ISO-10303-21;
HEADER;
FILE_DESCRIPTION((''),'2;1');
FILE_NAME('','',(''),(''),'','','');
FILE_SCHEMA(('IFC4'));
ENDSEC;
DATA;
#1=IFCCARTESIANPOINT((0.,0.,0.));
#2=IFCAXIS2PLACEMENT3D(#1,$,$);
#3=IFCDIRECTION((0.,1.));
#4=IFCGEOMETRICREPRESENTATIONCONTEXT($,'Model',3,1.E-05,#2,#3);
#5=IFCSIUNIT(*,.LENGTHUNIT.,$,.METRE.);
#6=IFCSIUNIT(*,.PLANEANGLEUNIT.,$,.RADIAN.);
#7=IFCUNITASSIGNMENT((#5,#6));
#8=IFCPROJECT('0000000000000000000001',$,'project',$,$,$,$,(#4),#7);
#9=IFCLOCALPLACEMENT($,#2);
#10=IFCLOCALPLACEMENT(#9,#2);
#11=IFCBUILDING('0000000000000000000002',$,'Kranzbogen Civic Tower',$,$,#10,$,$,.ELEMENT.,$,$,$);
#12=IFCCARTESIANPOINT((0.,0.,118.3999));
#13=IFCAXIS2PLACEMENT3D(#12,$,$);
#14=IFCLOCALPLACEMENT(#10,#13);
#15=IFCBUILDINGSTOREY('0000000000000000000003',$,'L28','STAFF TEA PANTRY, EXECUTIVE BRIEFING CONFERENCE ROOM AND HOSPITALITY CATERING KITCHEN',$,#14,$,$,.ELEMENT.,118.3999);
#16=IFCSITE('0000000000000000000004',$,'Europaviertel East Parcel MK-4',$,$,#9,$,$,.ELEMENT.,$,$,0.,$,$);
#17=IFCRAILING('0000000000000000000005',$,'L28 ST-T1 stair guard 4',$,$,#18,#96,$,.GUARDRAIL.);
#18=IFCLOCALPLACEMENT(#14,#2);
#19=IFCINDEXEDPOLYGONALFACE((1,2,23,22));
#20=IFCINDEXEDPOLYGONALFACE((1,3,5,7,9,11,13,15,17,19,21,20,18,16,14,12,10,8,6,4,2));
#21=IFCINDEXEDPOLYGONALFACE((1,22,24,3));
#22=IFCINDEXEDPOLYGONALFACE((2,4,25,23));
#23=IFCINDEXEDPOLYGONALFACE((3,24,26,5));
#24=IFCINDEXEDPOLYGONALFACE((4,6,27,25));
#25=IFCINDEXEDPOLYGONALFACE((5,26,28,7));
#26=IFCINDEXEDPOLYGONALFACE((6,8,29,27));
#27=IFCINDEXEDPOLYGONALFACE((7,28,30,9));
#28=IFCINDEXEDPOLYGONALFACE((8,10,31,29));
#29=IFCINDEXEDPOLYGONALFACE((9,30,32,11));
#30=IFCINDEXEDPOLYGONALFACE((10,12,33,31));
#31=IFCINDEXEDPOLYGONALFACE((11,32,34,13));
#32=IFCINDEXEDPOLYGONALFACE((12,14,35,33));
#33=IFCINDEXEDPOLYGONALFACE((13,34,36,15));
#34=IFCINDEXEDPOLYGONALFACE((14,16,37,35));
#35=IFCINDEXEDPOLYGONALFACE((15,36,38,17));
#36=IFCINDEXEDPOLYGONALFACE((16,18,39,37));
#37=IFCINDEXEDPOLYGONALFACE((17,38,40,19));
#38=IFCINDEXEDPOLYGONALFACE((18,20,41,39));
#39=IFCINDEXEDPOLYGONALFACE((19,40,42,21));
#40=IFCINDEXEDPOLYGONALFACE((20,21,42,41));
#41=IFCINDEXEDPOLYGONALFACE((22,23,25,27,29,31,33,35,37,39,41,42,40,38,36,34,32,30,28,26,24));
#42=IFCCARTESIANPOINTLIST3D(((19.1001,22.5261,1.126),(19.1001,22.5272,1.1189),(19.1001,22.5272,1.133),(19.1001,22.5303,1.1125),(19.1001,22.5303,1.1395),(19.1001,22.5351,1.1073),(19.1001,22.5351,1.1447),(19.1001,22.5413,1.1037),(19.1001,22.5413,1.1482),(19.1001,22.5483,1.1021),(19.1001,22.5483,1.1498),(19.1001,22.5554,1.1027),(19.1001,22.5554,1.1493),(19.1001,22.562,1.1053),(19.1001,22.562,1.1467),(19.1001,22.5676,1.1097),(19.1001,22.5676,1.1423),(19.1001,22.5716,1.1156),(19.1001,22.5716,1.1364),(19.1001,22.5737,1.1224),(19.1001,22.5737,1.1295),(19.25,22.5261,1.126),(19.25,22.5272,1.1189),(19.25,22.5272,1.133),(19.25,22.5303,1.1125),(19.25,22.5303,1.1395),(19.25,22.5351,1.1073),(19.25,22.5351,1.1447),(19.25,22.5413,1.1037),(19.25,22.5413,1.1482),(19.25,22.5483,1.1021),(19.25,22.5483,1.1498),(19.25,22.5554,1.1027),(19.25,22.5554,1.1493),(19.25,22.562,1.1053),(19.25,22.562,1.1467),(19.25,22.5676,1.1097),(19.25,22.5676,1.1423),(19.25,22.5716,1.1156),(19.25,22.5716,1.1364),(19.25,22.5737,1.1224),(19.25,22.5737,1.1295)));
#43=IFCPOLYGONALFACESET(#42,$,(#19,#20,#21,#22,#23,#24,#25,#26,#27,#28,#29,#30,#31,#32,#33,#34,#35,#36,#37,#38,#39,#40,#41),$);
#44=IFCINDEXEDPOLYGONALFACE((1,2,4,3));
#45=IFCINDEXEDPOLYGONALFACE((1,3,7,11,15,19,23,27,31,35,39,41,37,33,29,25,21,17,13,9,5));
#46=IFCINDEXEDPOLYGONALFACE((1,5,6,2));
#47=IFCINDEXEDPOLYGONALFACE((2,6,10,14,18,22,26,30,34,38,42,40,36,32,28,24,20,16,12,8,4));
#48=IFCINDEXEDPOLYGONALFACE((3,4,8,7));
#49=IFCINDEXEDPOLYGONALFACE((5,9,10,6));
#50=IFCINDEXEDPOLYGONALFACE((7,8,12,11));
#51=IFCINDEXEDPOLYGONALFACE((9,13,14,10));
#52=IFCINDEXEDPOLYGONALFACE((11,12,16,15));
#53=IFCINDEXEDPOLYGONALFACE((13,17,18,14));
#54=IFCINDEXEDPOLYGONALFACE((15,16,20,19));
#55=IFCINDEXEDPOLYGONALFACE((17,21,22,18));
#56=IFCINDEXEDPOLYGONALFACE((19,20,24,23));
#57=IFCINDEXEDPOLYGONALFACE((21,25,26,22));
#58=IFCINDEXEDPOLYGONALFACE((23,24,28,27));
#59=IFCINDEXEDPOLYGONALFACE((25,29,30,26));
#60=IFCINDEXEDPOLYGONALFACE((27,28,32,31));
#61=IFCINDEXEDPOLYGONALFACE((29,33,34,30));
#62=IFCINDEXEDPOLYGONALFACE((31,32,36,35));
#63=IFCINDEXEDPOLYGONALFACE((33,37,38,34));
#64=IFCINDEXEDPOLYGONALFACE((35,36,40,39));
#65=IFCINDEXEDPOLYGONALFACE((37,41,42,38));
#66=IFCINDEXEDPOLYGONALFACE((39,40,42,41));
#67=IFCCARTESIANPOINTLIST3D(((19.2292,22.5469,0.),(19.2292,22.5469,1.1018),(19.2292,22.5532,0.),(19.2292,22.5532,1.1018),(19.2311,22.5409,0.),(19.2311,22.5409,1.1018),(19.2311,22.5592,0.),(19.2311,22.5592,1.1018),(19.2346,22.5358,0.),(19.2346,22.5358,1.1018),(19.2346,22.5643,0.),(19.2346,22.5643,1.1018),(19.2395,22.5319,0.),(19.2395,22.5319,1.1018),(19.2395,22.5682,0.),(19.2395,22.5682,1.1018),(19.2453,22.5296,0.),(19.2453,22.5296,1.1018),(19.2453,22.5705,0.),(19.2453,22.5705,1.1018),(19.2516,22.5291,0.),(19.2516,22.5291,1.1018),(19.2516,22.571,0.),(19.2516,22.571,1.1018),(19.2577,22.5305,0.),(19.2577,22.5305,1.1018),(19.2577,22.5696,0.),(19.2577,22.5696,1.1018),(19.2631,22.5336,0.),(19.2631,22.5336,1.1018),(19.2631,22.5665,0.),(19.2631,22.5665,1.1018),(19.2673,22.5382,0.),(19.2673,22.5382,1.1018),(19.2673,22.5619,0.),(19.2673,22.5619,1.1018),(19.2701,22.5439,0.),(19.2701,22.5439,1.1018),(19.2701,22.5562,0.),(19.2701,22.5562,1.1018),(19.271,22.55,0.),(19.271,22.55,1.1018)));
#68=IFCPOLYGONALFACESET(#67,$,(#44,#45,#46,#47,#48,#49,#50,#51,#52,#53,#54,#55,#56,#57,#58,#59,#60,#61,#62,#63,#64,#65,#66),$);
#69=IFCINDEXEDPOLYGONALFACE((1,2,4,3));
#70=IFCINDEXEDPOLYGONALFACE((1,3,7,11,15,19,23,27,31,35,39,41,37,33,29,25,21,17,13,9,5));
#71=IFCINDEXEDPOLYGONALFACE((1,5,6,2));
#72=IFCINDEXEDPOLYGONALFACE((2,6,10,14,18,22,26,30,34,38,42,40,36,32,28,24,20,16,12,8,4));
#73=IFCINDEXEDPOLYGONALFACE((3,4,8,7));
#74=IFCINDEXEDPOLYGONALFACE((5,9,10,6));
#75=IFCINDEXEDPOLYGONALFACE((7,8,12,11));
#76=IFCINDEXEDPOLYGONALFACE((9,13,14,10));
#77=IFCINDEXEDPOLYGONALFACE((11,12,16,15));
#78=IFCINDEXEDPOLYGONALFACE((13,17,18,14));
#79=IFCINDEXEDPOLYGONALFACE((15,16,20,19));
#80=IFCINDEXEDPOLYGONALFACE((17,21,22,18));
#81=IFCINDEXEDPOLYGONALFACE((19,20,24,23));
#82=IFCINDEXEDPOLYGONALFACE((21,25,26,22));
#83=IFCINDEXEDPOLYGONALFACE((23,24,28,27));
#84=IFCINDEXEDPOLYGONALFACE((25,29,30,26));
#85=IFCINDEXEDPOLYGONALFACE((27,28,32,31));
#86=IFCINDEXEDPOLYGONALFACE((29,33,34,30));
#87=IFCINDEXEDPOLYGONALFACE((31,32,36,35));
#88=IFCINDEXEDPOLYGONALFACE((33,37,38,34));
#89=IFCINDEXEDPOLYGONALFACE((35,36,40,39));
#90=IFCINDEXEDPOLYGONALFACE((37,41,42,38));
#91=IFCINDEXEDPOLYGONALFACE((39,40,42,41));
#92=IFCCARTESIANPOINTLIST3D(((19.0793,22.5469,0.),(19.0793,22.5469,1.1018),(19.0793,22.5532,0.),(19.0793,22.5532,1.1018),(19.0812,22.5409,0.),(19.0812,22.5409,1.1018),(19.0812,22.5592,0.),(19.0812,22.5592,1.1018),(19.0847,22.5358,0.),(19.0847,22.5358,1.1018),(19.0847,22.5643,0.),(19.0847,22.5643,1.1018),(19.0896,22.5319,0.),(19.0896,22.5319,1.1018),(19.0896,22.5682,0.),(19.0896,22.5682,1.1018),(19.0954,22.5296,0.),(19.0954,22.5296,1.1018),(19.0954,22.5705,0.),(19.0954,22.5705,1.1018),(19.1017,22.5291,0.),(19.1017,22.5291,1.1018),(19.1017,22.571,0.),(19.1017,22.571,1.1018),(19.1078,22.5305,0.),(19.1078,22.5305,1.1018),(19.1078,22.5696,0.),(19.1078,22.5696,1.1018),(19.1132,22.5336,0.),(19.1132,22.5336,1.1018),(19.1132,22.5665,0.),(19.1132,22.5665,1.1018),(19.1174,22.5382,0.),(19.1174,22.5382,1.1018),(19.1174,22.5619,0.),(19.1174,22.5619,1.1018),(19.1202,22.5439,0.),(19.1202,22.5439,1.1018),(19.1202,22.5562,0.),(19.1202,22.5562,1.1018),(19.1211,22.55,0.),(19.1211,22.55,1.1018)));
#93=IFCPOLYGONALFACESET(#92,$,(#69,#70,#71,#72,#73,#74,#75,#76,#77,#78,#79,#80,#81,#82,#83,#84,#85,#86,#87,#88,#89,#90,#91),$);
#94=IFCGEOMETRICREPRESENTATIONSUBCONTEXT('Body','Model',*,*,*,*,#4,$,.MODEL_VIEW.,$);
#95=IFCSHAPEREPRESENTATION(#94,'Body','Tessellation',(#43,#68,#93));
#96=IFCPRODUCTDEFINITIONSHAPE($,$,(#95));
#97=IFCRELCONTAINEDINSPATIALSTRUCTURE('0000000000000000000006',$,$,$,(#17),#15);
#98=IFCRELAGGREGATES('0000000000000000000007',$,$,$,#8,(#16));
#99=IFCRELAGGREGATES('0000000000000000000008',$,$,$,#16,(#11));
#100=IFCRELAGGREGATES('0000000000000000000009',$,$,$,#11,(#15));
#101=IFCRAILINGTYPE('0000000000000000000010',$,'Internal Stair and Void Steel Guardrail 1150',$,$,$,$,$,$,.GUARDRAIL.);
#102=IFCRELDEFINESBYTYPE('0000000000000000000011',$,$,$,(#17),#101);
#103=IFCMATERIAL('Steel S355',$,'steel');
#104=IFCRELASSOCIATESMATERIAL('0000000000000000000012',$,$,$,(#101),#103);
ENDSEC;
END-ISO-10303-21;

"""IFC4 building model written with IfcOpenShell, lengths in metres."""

from ifc_helpers import new_model, si_unit, direction, frame, origin, origin_2d, place, context, subcontext, project, spatial, circle, extrude, material, type_object, element, save


model = new_model("IFC4")

# Units and contexts
model_context = context("Model", 3, precision=1e-05, world=origin(), true_north=direction((0.0, 1.0)))
body_context = subcontext(model_context, "Body", "Model", "MODEL_VIEW")
ifc_project = project(units=[si_unit("LENGTHUNIT", "METRE"), si_unit("PLANEANGLEUNIT", "RADIAN")], contexts=[model_context])

# Site, building, storey
site_placement = place(None, origin())
site = spatial("IfcSite", under=ifc_project, at=site_placement, Name="Europaviertel East Parcel MK-4", CompositionType="ELEMENT", RefElevation=0.0)
building_placement = place(site_placement, origin())
building = spatial("IfcBuilding", under=site, at=building_placement, Name="Kranzbogen Civic Tower", CompositionType="ELEMENT")
storey_placement = place(building_placement, frame((0.0, 0.0, 118.3999)))
storey = spatial("IfcBuildingStorey", under=building, at=storey_placement, Name="L28", Description="STAFF TEA PANTRY, EXECUTIVE BRIEFING CONFERENCE ROOM AND HOSPITALITY CATERING KITCHEN", CompositionType="ELEMENT", Elevation=118.3999)

# Shared definitions
ifc_material_1 = material(Name="Steel S355", Category="steel")

# Railing
railing_type_1 = type_object("IfcRailingType", Name="Internal Stair and Void Steel Guardrail 1150", PredefinedType="GUARDRAIL", material=ifc_material_1)
railing_1_placement = place(storey_placement, frame((19.25, 22.55, 0.0)))
element("IfcRailing", 1, at=railing_1_placement, inside=storey, type_object=railing_type_1, Name="L28 ST-T1 stair guard 4", PredefinedType="GUARDRAIL", context=body_context, shape_type="SweptSolid", body=[
    extrude(circle(Radius=0.0239, at=origin_2d()), frame((0.0, 0.0, 1.126), z_axis=(-1.0, 0.0, 0.0), x_axis=(0.0, -1.0, 0.0)), (0.0, 0.0, 1.0), 0.1499),
    extrude(circle(Radius=0.021, at=origin_2d()), origin(), (0.0, 0.0, 1.0), 1.1018),
    extrude(circle(Radius=0.021, at=origin_2d()), frame((-0.1499, 0.0, 0.0)), (0.0, 0.0, 1.0), 1.1018),
])

save(model, "model.ifc")
